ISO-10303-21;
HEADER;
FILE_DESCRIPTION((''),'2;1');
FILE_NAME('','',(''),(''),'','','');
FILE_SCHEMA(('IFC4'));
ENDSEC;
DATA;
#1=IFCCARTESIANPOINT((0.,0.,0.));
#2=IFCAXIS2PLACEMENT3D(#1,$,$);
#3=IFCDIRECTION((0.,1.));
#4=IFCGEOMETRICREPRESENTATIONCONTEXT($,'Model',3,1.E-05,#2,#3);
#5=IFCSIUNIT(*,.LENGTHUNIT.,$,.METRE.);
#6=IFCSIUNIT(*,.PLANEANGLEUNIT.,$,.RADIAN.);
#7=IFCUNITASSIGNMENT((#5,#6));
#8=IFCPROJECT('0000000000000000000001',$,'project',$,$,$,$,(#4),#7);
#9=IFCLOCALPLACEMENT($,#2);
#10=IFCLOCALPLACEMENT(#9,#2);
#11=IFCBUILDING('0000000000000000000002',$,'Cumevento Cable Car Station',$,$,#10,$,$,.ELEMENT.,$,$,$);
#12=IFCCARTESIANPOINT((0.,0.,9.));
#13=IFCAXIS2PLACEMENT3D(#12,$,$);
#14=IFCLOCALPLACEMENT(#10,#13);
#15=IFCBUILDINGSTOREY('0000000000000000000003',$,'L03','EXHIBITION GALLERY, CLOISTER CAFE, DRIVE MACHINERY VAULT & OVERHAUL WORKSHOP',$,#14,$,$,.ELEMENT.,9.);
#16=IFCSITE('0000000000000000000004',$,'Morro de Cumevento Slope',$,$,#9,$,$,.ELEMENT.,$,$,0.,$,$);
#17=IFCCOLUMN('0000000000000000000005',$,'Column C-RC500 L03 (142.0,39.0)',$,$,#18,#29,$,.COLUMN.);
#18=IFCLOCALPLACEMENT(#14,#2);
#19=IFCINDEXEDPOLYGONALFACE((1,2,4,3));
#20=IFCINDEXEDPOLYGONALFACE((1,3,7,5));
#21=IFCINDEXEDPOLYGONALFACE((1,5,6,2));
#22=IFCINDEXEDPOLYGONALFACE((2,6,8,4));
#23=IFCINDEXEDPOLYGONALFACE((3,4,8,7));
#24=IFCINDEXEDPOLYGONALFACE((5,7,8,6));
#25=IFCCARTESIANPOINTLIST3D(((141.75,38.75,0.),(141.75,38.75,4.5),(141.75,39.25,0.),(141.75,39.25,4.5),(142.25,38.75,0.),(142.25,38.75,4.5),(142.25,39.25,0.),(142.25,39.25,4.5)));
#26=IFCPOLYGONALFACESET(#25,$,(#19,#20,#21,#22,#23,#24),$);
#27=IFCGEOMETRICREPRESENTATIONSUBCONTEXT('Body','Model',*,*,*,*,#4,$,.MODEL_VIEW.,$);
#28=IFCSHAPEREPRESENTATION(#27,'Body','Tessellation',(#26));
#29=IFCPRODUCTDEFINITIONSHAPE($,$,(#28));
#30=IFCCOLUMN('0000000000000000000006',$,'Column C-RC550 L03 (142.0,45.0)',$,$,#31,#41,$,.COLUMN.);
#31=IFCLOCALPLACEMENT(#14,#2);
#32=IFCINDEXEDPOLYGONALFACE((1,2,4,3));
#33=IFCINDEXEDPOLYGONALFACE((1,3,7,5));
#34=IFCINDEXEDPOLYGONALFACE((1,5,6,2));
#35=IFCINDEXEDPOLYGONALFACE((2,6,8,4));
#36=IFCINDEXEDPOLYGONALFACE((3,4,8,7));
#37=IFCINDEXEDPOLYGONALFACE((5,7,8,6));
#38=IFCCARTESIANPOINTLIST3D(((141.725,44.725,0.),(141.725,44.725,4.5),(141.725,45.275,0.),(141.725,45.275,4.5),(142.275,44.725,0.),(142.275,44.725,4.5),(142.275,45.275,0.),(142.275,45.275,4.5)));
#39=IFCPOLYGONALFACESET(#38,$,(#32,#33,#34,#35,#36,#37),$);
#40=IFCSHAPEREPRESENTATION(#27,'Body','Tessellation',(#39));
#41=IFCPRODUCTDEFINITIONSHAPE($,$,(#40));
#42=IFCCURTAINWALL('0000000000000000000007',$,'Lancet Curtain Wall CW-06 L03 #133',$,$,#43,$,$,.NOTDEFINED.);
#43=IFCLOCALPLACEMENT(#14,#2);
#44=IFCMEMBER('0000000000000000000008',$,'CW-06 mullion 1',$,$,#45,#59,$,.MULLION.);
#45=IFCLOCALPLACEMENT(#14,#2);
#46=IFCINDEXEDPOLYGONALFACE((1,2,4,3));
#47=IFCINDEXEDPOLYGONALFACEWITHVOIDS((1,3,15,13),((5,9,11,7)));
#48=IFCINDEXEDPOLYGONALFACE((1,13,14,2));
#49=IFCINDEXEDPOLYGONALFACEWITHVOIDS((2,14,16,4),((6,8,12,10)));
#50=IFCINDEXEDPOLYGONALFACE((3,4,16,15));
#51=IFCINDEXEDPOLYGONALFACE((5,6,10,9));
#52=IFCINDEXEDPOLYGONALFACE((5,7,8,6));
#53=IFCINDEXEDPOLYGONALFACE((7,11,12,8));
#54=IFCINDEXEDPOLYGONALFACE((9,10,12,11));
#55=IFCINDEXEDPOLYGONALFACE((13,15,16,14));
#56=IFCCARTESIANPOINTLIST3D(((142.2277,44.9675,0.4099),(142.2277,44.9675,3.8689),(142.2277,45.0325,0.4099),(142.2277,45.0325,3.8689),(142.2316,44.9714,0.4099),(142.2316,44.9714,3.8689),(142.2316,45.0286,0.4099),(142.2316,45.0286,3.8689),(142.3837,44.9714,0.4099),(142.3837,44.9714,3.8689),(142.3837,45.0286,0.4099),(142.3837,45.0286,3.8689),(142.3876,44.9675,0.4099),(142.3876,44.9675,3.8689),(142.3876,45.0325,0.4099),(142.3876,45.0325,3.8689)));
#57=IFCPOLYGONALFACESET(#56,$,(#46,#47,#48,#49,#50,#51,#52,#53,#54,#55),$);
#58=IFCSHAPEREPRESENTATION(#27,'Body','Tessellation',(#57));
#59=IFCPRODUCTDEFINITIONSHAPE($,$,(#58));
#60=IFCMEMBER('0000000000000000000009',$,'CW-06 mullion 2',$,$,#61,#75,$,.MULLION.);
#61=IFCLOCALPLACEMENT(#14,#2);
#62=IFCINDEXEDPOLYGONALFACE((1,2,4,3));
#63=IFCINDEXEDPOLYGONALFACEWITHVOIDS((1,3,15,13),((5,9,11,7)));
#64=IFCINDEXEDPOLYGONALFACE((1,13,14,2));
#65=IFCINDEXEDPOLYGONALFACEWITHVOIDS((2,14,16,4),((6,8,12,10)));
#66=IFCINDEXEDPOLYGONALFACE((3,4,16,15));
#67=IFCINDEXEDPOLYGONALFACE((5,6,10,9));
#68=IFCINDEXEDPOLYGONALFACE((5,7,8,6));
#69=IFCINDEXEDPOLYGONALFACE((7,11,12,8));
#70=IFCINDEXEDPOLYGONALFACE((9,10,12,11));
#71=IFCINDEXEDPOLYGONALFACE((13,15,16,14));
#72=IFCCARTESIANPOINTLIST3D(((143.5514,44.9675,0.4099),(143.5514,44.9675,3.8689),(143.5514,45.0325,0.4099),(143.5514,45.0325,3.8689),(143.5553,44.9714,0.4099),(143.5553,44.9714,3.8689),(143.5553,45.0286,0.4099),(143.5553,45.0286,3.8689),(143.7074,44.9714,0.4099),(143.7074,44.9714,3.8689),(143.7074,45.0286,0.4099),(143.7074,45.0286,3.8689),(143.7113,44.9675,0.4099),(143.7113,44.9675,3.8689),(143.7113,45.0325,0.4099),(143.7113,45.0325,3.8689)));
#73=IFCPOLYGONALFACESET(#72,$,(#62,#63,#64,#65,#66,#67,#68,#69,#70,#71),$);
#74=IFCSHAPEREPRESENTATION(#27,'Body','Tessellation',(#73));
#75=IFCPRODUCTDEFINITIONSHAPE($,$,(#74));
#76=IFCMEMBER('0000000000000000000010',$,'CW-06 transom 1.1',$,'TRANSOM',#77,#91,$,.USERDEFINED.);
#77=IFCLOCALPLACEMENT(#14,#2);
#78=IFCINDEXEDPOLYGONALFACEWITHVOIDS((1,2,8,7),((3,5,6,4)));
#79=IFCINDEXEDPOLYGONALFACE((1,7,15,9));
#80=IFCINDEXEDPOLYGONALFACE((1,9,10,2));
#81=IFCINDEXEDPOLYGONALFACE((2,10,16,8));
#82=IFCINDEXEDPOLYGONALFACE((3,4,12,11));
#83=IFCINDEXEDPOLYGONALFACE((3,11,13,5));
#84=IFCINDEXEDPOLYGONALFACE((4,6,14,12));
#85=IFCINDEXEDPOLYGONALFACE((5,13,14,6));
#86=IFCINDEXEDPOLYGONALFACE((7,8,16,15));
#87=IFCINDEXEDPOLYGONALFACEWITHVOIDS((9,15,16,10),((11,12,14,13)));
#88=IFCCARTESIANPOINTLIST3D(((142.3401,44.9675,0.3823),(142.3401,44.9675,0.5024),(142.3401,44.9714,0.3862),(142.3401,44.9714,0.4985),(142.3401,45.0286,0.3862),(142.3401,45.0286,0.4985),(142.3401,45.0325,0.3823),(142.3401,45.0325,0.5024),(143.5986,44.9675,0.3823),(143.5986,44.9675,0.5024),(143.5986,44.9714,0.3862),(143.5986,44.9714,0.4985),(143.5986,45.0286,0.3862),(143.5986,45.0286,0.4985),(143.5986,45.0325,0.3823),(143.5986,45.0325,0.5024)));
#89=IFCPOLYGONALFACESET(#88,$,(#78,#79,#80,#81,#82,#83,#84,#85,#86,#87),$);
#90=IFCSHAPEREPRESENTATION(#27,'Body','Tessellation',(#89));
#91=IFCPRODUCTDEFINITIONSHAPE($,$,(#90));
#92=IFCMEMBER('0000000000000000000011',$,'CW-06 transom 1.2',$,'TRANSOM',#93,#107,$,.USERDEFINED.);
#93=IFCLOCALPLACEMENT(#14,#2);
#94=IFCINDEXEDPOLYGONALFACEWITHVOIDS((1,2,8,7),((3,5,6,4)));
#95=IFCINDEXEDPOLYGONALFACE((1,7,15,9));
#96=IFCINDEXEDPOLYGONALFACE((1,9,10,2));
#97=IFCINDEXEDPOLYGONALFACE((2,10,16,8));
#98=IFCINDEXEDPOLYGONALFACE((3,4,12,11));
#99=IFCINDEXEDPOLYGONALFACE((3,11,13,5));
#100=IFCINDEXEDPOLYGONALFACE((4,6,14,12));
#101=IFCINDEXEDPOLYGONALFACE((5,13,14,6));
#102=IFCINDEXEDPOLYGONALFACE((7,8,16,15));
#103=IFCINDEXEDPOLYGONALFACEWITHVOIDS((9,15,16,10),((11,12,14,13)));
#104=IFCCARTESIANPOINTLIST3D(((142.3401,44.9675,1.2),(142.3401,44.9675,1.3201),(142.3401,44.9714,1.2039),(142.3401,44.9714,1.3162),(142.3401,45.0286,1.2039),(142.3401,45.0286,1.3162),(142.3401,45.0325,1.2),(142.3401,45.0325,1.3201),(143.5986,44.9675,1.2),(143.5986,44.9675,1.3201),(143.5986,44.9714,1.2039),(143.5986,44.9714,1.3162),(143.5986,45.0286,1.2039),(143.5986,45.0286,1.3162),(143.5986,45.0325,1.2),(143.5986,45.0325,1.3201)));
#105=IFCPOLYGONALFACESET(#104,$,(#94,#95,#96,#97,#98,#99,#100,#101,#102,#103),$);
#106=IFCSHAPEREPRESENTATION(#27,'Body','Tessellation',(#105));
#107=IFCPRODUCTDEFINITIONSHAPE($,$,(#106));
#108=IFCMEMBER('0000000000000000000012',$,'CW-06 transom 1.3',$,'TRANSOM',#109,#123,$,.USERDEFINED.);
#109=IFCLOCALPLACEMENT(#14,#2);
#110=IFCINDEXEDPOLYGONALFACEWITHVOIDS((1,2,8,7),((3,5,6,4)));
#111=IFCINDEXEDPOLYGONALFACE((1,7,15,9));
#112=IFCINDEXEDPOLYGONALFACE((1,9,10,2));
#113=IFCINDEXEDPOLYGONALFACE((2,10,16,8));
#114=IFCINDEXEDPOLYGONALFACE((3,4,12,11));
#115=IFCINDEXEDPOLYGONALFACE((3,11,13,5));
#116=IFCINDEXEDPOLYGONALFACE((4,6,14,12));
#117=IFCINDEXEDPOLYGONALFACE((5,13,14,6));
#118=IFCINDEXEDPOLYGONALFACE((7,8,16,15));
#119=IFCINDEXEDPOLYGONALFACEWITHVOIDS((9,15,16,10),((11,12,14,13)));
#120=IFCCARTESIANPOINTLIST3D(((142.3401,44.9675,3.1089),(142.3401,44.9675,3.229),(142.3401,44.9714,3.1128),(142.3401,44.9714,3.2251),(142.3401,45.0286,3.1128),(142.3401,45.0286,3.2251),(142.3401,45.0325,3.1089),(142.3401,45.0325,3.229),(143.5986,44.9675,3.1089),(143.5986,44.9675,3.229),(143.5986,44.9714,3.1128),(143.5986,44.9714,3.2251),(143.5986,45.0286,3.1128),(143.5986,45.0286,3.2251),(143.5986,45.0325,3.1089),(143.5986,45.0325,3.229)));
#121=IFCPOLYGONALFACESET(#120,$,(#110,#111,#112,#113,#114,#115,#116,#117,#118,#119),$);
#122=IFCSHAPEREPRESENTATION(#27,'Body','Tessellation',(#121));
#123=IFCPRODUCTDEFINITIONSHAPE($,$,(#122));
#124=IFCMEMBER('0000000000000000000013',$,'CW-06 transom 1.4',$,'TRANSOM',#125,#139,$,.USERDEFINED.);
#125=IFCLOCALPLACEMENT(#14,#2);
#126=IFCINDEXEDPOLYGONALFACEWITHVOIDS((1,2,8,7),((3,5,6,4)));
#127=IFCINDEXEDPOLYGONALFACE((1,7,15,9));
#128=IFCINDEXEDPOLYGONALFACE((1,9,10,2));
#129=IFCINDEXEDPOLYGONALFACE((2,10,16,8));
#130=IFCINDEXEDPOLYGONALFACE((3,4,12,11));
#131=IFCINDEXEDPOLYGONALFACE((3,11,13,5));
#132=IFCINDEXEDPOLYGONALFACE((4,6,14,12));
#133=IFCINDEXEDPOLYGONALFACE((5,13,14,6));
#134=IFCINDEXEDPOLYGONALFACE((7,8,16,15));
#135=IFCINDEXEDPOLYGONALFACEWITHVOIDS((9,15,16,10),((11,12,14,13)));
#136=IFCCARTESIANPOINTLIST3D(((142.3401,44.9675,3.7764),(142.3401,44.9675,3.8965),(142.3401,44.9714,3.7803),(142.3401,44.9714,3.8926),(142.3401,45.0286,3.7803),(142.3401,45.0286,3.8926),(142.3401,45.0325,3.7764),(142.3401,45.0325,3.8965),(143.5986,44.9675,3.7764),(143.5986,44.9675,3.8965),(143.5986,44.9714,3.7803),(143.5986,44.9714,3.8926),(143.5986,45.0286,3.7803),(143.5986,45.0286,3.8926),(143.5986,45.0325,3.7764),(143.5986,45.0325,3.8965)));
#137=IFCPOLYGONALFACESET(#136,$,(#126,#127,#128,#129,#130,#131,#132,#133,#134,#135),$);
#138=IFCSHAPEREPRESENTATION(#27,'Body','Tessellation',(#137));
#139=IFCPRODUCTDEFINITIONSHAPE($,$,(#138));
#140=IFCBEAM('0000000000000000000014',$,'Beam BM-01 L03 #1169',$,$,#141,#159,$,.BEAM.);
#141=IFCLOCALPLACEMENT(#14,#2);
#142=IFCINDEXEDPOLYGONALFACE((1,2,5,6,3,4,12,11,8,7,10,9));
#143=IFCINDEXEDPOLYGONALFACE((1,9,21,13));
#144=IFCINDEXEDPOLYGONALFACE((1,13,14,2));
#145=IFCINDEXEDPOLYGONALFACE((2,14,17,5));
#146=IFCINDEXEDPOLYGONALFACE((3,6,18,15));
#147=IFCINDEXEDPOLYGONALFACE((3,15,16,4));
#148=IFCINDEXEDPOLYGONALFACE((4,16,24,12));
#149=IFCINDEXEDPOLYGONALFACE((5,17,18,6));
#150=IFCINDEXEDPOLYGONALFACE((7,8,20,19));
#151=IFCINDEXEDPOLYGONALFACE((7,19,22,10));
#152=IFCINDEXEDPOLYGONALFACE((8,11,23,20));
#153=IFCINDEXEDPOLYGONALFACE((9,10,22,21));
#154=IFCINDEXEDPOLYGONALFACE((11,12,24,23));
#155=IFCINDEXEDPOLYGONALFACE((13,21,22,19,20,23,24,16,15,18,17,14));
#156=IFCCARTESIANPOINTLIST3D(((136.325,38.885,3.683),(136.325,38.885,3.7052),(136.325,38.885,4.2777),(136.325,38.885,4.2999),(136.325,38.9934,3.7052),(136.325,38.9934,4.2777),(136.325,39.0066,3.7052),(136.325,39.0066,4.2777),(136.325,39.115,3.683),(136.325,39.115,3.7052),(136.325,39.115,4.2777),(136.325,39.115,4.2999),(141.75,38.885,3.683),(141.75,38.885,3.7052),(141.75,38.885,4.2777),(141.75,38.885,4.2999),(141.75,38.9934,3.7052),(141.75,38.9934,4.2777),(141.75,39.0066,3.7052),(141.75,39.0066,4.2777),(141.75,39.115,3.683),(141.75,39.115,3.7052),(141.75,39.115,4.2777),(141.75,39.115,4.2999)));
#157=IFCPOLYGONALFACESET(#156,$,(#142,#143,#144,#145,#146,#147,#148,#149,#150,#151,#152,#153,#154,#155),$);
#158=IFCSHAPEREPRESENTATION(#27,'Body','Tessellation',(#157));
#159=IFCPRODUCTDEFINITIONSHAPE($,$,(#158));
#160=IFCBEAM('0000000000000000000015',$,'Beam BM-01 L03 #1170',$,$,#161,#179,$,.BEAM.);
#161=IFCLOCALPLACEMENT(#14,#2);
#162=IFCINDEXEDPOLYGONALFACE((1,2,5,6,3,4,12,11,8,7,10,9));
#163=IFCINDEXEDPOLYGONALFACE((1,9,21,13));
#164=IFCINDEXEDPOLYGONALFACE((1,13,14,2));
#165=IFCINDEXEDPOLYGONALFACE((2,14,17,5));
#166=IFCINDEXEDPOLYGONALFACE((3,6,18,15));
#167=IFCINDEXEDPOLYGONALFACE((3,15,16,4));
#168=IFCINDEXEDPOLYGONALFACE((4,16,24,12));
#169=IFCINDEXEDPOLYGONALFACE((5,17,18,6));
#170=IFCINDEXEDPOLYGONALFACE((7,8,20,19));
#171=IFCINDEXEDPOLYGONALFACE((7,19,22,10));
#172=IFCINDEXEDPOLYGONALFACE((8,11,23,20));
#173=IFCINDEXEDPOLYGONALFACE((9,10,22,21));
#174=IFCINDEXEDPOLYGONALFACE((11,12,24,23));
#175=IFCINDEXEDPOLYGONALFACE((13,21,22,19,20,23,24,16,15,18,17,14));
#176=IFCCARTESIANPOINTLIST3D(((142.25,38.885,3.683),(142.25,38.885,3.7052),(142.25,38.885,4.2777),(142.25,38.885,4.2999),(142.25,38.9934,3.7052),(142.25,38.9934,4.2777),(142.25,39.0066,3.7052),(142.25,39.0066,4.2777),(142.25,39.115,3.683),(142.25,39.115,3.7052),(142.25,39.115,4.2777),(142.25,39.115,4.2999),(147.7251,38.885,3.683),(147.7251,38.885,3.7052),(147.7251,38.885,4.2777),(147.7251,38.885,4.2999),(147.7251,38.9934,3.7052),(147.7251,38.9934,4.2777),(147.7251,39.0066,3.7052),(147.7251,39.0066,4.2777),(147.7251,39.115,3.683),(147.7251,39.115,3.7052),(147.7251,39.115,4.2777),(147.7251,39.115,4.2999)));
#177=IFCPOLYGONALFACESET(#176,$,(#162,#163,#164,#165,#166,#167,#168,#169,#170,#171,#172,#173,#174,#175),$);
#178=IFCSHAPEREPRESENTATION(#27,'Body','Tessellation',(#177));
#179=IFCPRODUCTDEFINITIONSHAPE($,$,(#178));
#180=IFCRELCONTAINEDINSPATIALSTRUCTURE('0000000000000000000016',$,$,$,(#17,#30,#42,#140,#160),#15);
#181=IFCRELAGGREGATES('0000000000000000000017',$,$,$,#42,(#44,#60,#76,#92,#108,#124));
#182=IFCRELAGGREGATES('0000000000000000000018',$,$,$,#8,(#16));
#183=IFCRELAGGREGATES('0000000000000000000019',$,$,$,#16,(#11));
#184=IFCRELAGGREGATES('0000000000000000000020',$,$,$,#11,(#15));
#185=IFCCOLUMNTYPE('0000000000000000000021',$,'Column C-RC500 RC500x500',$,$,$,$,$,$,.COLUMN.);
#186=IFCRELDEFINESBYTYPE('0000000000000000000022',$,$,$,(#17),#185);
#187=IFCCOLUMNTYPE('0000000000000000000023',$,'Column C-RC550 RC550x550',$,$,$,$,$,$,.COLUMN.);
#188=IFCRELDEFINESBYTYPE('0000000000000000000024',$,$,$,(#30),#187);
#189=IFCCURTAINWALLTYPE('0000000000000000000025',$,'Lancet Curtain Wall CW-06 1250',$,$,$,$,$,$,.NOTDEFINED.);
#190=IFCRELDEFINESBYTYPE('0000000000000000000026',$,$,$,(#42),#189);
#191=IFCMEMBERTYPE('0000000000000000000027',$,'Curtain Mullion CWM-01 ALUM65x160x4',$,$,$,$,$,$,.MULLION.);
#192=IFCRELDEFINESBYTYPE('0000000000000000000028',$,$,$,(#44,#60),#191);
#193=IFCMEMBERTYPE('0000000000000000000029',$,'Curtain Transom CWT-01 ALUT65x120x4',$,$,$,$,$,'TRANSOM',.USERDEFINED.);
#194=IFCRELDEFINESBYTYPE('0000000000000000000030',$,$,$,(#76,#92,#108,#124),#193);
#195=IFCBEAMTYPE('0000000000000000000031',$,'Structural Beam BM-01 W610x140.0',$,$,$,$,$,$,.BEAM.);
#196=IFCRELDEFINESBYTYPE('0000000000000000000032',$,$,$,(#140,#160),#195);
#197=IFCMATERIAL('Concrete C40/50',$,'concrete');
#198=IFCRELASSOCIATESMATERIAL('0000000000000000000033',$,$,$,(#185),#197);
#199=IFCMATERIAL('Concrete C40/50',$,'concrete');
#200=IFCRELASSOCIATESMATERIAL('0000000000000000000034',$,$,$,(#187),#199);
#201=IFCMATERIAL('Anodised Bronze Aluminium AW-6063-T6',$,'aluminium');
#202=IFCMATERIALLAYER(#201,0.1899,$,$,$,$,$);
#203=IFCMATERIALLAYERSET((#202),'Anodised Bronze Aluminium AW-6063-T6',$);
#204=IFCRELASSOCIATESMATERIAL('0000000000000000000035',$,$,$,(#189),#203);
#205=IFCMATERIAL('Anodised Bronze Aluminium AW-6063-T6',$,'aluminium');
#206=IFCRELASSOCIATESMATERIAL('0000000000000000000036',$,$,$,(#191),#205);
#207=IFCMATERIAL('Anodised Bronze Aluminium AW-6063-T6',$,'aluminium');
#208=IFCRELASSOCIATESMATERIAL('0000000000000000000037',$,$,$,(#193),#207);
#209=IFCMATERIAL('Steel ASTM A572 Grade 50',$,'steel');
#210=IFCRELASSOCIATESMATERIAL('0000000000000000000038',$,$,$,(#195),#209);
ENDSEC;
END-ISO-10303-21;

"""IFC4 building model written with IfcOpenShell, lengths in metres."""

from ifc_helpers import new_model, si_unit, direction, frame, origin, origin_2d, place, context, subcontext, project, spatial, rectangle, hollow_rectangle, i_section, extrude, material, layer, layer_set, material_profile, profile_set, type_object, element, aggregate, save


model = new_model("IFC4")

# Units and contexts
model_context = context("Model", 3, precision=1e-05, world=origin(), true_north=direction((0.0, 1.0)))
body_context = subcontext(model_context, "Body", "Model", "MODEL_VIEW")
ifc_project = project(units=[si_unit("LENGTHUNIT", "METRE"), si_unit("PLANEANGLEUNIT", "RADIAN")], contexts=[model_context])

# Site, building, storey
site_placement = place(None, origin())
site = spatial("IfcSite", under=ifc_project, at=site_placement, Name="Morro de Cumevento Slope", CompositionType="ELEMENT", RefElevation=0.0)
building_placement = place(site_placement, origin())
building = spatial("IfcBuilding", under=site, at=building_placement, Name="Cumevento Cable Car Station", CompositionType="ELEMENT")
storey_placement = place(building_placement, frame((0.0, 0.0, 9.0)))
storey = spatial("IfcBuildingStorey", under=building, at=storey_placement, Name="L03", Description="EXHIBITION GALLERY, CLOISTER CAFE, DRIVE MACHINERY VAULT & OVERHAUL WORKSHOP", CompositionType="ELEMENT", Elevation=9.0)

# Columns
ifc_material_1 = material(Name="Concrete C40/50", Category="concrete")
ifc_material_profile_1 = material_profile(ifc_material_1, rectangle(XDim=0.5, YDim=0.5, at=origin_2d()), Name="RC500x500")
ifc_profile_set_1 = profile_set([ifc_material_profile_1], Name="Concrete C40/50")
column_type_1 = type_object("IfcColumnType", Name="Column C-RC500 RC500x500", PredefinedType="COLUMN", material=ifc_profile_set_1)
column_1_placement = place(storey_placement, frame((142.0, 39.0, 0.0), z_axis=(0.0, 0.0, 1.0), x_axis=(1.0, 0.0, 0.0)))
element("IfcColumn", 1, at=column_1_placement, inside=storey, type_object=column_type_1, Name="Column C-RC500 L03 (142.0,39.0)", PredefinedType="COLUMN", context=body_context, shape_type="SweptSolid", body=[
    extrude(rectangle(XDim=0.5, YDim=0.5, at=origin_2d()), origin(), (0.0, 0.0, 1.0), 4.5),
])
ifc_material_2 = material(Name="Concrete C40/50", Category="concrete")
ifc_material_profile_2 = material_profile(ifc_material_2, rectangle(XDim=0.55, YDim=0.55, at=origin_2d()), Name="RC550x550")
ifc_profile_set_2 = profile_set([ifc_material_profile_2], Name="Concrete C40/50")
column_type_2 = type_object("IfcColumnType", Name="Column C-RC550 RC550x550", PredefinedType="COLUMN", material=ifc_profile_set_2)
column_2_placement = place(storey_placement, frame((142.0, 45.0, 0.0), z_axis=(0.0, 0.0, 1.0), x_axis=(1.0, 0.0, 0.0)))
element("IfcColumn", 2, at=column_2_placement, inside=storey, type_object=column_type_2, Name="Column C-RC550 L03 (142.0,45.0)", PredefinedType="COLUMN", context=body_context, shape_type="SweptSolid", body=[
    extrude(rectangle(XDim=0.55, YDim=0.55, at=origin_2d()), origin(), (0.0, 0.0, 1.0), 4.5),
])

# Curtain wall, members
ifc_material_3 = material(Name="Anodised Bronze Aluminium AW-6063-T6", Category="aluminium")
ifc_layer_1 = layer(ifc_material_3, 0.1899)
ifc_layer_set_1 = layer_set([ifc_layer_1], Name="Anodised Bronze Aluminium AW-6063-T6")
curtain_wall_type = type_object("IfcCurtainWallType", Name="Lancet Curtain Wall CW-06 1250", PredefinedType="NOTDEFINED", material=ifc_layer_set_1)
curtain_wall_placement = place(storey_placement, origin())
curtain_wall = element("IfcCurtainWall", 3, at=curtain_wall_placement, inside=storey, type_object=curtain_wall_type, Name="Lancet Curtain Wall CW-06 L03 #133", PredefinedType="NOTDEFINED")
ifc_material_4 = material(Name="Anodised Bronze Aluminium AW-6063-T6", Category="aluminium")
ifc_material_profile_3 = material_profile(ifc_material_4, hollow_rectangle(XDim=0.0649, YDim=0.1599, WallThickness=0.0039, at=origin_2d()), Name="ALUM65x160x4")
ifc_profile_set_3 = profile_set([ifc_material_profile_3], Name="Anodised Bronze Aluminium AW-6063-T6")
member_type_1 = type_object("IfcMemberType", Name="Curtain Mullion CWM-01 ALUM65x160x4", PredefinedType="MULLION", material=ifc_profile_set_3)
member_1_placement = place(storey_placement, frame((142.3076, 45.0, 0.4099), z_axis=(0.0, 0.0, 1.0), x_axis=(0.0, 1.0, 0.0)))
member_1 = element("IfcMember", 4, at=member_1_placement, type_object=member_type_1, Name="CW-06 mullion 1", PredefinedType="MULLION", context=body_context, shape_type="SweptSolid", body=[
    extrude(hollow_rectangle(XDim=0.0649, YDim=0.1599, WallThickness=0.0039, at=origin_2d()), origin(), (0.0, 0.0, 1.0), 3.459),
])
member_2_placement = place(storey_placement, frame((143.6313, 45.0, 0.4099), z_axis=(0.0, 0.0, 1.0), x_axis=(0.0, 1.0, 0.0)))
member_2 = element("IfcMember", 5, at=member_2_placement, type_object=member_type_1, Name="CW-06 mullion 2", PredefinedType="MULLION", context=body_context, shape_type="SweptSolid", body=[
    extrude(hollow_rectangle(XDim=0.0649, YDim=0.1599, WallThickness=0.0039, at=origin_2d()), origin(), (0.0, 0.0, 1.0), 3.459),
])
ifc_material_5 = material(Name="Anodised Bronze Aluminium AW-6063-T6", Category="aluminium")
ifc_material_profile_4 = material_profile(ifc_material_5, hollow_rectangle(XDim=0.0649, YDim=0.1201, WallThickness=0.0039, at=origin_2d()), Name="ALUT65x120x4")
ifc_profile_set_4 = profile_set([ifc_material_profile_4], Name="Anodised Bronze Aluminium AW-6063-T6")
member_type_2 = type_object("IfcMemberType", Name="Curtain Transom CWT-01 ALUT65x120x4", ElementType="TRANSOM", PredefinedType="USERDEFINED", material=ifc_profile_set_4)
member_3_placement = place(storey_placement, frame((142.3401, 45.0, 0.4424), z_axis=(1.0, 0.0, 0.0), x_axis=(0.0, 1.0, 0.0)))
member_3 = element("IfcMember", 6, at=member_3_placement, type_object=member_type_2, Name="CW-06 transom 1.1", ObjectType="TRANSOM", PredefinedType="USERDEFINED", context=body_context, shape_type="SweptSolid", body=[
    extrude(hollow_rectangle(XDim=0.0649, YDim=0.1201, WallThickness=0.0039, at=origin_2d()), origin(), (0.0, 0.0, 1.0), 1.2585),
])
member_4_placement = place(storey_placement, frame((142.3401, 45.0, 1.26), z_axis=(1.0, 0.0, 0.0), x_axis=(0.0, 1.0, 0.0)))
member_4 = element("IfcMember", 7, at=member_4_placement, type_object=member_type_2, Name="CW-06 transom 1.2", ObjectType="TRANSOM", PredefinedType="USERDEFINED", context=body_context, shape_type="SweptSolid", body=[
    extrude(hollow_rectangle(XDim=0.0649, YDim=0.1201, WallThickness=0.0039, at=origin_2d()), origin(), (0.0, 0.0, 1.0), 1.2585),
])
member_5_placement = place(storey_placement, frame((142.3401, 45.0, 3.1689), z_axis=(1.0, 0.0, 0.0), x_axis=(0.0, 1.0, 0.0)))
member_5 = element("IfcMember", 8, at=member_5_placement, type_object=member_type_2, Name="CW-06 transom 1.3", ObjectType="TRANSOM", PredefinedType="USERDEFINED", context=body_context, shape_type="SweptSolid", body=[
    extrude(hollow_rectangle(XDim=0.0649, YDim=0.1201, WallThickness=0.0039, at=origin_2d()), origin(), (0.0, 0.0, 1.0), 1.2585),
])
member_6_placement = place(storey_placement, frame((142.3401, 45.0, 3.8364), z_axis=(1.0, 0.0, 0.0), x_axis=(0.0, 1.0, 0.0)))
member_6 = element("IfcMember", 9, at=member_6_placement, type_object=member_type_2, Name="CW-06 transom 1.4", ObjectType="TRANSOM", PredefinedType="USERDEFINED", context=body_context, shape_type="SweptSolid", body=[
    extrude(hollow_rectangle(XDim=0.0649, YDim=0.1201, WallThickness=0.0039, at=origin_2d()), origin(), (0.0, 0.0, 1.0), 1.2585),
])

# Beams
ifc_material_6 = material(Name="Steel ASTM A572 Grade 50", Category="steel")
ifc_material_profile_5 = material_profile(ifc_material_6, i_section(OverallWidth=0.23, OverallDepth=0.6169, WebThickness=0.0132, FlangeThickness=0.0222, at=origin_2d()), Name="W610x140.0")
ifc_profile_set_5 = profile_set([ifc_material_profile_5], Name="Steel ASTM A572 Grade 50")
beam_type_1 = type_object("IfcBeamType", Name="Structural Beam BM-01 W610x140.0", PredefinedType="BEAM", material=ifc_profile_set_5)
beam_1_placement = place(storey_placement, frame((136.325, 39.0, 3.9915), z_axis=(1.0, 0.0, 0.0), x_axis=(0.0, 1.0, 0.0)))
element("IfcBeam", 10, at=beam_1_placement, inside=storey, type_object=beam_type_1, Name="Beam BM-01 L03 #1169", PredefinedType="BEAM", context=body_context, shape_type="SweptSolid", body=[
    extrude(i_section(OverallWidth=0.23, OverallDepth=0.6169, WebThickness=0.0132, FlangeThickness=0.0222, at=origin_2d()), origin(), (0.0, 0.0, 1.0), 5.425),
])
for number, where, z_axis, x_axis, name in (
    (11, (142.25, 39.0, 3.9915), (1.0, 0.0, 0.0), (0.0, 1.0, 0.0), "Beam BM-01 L03 #1170"),
):
    element("IfcBeam", number, at=place(storey_placement, frame(where, z_axis=z_axis, x_axis=x_axis)), inside=storey, type_object=beam_type_1, Name=name, PredefinedType="BEAM", context=body_context, shape_type="SweptSolid", body=[
        extrude(i_section(OverallWidth=0.23, OverallDepth=0.6169, WebThickness=0.0132, FlangeThickness=0.0222, at=origin_2d()), origin(), (0.0, 0.0, 1.0), 5.4751),
    ])

aggregate(curtain_wall, [member_1, member_2, member_3, member_4, member_5, member_6])

save(model, "model.ifc")
